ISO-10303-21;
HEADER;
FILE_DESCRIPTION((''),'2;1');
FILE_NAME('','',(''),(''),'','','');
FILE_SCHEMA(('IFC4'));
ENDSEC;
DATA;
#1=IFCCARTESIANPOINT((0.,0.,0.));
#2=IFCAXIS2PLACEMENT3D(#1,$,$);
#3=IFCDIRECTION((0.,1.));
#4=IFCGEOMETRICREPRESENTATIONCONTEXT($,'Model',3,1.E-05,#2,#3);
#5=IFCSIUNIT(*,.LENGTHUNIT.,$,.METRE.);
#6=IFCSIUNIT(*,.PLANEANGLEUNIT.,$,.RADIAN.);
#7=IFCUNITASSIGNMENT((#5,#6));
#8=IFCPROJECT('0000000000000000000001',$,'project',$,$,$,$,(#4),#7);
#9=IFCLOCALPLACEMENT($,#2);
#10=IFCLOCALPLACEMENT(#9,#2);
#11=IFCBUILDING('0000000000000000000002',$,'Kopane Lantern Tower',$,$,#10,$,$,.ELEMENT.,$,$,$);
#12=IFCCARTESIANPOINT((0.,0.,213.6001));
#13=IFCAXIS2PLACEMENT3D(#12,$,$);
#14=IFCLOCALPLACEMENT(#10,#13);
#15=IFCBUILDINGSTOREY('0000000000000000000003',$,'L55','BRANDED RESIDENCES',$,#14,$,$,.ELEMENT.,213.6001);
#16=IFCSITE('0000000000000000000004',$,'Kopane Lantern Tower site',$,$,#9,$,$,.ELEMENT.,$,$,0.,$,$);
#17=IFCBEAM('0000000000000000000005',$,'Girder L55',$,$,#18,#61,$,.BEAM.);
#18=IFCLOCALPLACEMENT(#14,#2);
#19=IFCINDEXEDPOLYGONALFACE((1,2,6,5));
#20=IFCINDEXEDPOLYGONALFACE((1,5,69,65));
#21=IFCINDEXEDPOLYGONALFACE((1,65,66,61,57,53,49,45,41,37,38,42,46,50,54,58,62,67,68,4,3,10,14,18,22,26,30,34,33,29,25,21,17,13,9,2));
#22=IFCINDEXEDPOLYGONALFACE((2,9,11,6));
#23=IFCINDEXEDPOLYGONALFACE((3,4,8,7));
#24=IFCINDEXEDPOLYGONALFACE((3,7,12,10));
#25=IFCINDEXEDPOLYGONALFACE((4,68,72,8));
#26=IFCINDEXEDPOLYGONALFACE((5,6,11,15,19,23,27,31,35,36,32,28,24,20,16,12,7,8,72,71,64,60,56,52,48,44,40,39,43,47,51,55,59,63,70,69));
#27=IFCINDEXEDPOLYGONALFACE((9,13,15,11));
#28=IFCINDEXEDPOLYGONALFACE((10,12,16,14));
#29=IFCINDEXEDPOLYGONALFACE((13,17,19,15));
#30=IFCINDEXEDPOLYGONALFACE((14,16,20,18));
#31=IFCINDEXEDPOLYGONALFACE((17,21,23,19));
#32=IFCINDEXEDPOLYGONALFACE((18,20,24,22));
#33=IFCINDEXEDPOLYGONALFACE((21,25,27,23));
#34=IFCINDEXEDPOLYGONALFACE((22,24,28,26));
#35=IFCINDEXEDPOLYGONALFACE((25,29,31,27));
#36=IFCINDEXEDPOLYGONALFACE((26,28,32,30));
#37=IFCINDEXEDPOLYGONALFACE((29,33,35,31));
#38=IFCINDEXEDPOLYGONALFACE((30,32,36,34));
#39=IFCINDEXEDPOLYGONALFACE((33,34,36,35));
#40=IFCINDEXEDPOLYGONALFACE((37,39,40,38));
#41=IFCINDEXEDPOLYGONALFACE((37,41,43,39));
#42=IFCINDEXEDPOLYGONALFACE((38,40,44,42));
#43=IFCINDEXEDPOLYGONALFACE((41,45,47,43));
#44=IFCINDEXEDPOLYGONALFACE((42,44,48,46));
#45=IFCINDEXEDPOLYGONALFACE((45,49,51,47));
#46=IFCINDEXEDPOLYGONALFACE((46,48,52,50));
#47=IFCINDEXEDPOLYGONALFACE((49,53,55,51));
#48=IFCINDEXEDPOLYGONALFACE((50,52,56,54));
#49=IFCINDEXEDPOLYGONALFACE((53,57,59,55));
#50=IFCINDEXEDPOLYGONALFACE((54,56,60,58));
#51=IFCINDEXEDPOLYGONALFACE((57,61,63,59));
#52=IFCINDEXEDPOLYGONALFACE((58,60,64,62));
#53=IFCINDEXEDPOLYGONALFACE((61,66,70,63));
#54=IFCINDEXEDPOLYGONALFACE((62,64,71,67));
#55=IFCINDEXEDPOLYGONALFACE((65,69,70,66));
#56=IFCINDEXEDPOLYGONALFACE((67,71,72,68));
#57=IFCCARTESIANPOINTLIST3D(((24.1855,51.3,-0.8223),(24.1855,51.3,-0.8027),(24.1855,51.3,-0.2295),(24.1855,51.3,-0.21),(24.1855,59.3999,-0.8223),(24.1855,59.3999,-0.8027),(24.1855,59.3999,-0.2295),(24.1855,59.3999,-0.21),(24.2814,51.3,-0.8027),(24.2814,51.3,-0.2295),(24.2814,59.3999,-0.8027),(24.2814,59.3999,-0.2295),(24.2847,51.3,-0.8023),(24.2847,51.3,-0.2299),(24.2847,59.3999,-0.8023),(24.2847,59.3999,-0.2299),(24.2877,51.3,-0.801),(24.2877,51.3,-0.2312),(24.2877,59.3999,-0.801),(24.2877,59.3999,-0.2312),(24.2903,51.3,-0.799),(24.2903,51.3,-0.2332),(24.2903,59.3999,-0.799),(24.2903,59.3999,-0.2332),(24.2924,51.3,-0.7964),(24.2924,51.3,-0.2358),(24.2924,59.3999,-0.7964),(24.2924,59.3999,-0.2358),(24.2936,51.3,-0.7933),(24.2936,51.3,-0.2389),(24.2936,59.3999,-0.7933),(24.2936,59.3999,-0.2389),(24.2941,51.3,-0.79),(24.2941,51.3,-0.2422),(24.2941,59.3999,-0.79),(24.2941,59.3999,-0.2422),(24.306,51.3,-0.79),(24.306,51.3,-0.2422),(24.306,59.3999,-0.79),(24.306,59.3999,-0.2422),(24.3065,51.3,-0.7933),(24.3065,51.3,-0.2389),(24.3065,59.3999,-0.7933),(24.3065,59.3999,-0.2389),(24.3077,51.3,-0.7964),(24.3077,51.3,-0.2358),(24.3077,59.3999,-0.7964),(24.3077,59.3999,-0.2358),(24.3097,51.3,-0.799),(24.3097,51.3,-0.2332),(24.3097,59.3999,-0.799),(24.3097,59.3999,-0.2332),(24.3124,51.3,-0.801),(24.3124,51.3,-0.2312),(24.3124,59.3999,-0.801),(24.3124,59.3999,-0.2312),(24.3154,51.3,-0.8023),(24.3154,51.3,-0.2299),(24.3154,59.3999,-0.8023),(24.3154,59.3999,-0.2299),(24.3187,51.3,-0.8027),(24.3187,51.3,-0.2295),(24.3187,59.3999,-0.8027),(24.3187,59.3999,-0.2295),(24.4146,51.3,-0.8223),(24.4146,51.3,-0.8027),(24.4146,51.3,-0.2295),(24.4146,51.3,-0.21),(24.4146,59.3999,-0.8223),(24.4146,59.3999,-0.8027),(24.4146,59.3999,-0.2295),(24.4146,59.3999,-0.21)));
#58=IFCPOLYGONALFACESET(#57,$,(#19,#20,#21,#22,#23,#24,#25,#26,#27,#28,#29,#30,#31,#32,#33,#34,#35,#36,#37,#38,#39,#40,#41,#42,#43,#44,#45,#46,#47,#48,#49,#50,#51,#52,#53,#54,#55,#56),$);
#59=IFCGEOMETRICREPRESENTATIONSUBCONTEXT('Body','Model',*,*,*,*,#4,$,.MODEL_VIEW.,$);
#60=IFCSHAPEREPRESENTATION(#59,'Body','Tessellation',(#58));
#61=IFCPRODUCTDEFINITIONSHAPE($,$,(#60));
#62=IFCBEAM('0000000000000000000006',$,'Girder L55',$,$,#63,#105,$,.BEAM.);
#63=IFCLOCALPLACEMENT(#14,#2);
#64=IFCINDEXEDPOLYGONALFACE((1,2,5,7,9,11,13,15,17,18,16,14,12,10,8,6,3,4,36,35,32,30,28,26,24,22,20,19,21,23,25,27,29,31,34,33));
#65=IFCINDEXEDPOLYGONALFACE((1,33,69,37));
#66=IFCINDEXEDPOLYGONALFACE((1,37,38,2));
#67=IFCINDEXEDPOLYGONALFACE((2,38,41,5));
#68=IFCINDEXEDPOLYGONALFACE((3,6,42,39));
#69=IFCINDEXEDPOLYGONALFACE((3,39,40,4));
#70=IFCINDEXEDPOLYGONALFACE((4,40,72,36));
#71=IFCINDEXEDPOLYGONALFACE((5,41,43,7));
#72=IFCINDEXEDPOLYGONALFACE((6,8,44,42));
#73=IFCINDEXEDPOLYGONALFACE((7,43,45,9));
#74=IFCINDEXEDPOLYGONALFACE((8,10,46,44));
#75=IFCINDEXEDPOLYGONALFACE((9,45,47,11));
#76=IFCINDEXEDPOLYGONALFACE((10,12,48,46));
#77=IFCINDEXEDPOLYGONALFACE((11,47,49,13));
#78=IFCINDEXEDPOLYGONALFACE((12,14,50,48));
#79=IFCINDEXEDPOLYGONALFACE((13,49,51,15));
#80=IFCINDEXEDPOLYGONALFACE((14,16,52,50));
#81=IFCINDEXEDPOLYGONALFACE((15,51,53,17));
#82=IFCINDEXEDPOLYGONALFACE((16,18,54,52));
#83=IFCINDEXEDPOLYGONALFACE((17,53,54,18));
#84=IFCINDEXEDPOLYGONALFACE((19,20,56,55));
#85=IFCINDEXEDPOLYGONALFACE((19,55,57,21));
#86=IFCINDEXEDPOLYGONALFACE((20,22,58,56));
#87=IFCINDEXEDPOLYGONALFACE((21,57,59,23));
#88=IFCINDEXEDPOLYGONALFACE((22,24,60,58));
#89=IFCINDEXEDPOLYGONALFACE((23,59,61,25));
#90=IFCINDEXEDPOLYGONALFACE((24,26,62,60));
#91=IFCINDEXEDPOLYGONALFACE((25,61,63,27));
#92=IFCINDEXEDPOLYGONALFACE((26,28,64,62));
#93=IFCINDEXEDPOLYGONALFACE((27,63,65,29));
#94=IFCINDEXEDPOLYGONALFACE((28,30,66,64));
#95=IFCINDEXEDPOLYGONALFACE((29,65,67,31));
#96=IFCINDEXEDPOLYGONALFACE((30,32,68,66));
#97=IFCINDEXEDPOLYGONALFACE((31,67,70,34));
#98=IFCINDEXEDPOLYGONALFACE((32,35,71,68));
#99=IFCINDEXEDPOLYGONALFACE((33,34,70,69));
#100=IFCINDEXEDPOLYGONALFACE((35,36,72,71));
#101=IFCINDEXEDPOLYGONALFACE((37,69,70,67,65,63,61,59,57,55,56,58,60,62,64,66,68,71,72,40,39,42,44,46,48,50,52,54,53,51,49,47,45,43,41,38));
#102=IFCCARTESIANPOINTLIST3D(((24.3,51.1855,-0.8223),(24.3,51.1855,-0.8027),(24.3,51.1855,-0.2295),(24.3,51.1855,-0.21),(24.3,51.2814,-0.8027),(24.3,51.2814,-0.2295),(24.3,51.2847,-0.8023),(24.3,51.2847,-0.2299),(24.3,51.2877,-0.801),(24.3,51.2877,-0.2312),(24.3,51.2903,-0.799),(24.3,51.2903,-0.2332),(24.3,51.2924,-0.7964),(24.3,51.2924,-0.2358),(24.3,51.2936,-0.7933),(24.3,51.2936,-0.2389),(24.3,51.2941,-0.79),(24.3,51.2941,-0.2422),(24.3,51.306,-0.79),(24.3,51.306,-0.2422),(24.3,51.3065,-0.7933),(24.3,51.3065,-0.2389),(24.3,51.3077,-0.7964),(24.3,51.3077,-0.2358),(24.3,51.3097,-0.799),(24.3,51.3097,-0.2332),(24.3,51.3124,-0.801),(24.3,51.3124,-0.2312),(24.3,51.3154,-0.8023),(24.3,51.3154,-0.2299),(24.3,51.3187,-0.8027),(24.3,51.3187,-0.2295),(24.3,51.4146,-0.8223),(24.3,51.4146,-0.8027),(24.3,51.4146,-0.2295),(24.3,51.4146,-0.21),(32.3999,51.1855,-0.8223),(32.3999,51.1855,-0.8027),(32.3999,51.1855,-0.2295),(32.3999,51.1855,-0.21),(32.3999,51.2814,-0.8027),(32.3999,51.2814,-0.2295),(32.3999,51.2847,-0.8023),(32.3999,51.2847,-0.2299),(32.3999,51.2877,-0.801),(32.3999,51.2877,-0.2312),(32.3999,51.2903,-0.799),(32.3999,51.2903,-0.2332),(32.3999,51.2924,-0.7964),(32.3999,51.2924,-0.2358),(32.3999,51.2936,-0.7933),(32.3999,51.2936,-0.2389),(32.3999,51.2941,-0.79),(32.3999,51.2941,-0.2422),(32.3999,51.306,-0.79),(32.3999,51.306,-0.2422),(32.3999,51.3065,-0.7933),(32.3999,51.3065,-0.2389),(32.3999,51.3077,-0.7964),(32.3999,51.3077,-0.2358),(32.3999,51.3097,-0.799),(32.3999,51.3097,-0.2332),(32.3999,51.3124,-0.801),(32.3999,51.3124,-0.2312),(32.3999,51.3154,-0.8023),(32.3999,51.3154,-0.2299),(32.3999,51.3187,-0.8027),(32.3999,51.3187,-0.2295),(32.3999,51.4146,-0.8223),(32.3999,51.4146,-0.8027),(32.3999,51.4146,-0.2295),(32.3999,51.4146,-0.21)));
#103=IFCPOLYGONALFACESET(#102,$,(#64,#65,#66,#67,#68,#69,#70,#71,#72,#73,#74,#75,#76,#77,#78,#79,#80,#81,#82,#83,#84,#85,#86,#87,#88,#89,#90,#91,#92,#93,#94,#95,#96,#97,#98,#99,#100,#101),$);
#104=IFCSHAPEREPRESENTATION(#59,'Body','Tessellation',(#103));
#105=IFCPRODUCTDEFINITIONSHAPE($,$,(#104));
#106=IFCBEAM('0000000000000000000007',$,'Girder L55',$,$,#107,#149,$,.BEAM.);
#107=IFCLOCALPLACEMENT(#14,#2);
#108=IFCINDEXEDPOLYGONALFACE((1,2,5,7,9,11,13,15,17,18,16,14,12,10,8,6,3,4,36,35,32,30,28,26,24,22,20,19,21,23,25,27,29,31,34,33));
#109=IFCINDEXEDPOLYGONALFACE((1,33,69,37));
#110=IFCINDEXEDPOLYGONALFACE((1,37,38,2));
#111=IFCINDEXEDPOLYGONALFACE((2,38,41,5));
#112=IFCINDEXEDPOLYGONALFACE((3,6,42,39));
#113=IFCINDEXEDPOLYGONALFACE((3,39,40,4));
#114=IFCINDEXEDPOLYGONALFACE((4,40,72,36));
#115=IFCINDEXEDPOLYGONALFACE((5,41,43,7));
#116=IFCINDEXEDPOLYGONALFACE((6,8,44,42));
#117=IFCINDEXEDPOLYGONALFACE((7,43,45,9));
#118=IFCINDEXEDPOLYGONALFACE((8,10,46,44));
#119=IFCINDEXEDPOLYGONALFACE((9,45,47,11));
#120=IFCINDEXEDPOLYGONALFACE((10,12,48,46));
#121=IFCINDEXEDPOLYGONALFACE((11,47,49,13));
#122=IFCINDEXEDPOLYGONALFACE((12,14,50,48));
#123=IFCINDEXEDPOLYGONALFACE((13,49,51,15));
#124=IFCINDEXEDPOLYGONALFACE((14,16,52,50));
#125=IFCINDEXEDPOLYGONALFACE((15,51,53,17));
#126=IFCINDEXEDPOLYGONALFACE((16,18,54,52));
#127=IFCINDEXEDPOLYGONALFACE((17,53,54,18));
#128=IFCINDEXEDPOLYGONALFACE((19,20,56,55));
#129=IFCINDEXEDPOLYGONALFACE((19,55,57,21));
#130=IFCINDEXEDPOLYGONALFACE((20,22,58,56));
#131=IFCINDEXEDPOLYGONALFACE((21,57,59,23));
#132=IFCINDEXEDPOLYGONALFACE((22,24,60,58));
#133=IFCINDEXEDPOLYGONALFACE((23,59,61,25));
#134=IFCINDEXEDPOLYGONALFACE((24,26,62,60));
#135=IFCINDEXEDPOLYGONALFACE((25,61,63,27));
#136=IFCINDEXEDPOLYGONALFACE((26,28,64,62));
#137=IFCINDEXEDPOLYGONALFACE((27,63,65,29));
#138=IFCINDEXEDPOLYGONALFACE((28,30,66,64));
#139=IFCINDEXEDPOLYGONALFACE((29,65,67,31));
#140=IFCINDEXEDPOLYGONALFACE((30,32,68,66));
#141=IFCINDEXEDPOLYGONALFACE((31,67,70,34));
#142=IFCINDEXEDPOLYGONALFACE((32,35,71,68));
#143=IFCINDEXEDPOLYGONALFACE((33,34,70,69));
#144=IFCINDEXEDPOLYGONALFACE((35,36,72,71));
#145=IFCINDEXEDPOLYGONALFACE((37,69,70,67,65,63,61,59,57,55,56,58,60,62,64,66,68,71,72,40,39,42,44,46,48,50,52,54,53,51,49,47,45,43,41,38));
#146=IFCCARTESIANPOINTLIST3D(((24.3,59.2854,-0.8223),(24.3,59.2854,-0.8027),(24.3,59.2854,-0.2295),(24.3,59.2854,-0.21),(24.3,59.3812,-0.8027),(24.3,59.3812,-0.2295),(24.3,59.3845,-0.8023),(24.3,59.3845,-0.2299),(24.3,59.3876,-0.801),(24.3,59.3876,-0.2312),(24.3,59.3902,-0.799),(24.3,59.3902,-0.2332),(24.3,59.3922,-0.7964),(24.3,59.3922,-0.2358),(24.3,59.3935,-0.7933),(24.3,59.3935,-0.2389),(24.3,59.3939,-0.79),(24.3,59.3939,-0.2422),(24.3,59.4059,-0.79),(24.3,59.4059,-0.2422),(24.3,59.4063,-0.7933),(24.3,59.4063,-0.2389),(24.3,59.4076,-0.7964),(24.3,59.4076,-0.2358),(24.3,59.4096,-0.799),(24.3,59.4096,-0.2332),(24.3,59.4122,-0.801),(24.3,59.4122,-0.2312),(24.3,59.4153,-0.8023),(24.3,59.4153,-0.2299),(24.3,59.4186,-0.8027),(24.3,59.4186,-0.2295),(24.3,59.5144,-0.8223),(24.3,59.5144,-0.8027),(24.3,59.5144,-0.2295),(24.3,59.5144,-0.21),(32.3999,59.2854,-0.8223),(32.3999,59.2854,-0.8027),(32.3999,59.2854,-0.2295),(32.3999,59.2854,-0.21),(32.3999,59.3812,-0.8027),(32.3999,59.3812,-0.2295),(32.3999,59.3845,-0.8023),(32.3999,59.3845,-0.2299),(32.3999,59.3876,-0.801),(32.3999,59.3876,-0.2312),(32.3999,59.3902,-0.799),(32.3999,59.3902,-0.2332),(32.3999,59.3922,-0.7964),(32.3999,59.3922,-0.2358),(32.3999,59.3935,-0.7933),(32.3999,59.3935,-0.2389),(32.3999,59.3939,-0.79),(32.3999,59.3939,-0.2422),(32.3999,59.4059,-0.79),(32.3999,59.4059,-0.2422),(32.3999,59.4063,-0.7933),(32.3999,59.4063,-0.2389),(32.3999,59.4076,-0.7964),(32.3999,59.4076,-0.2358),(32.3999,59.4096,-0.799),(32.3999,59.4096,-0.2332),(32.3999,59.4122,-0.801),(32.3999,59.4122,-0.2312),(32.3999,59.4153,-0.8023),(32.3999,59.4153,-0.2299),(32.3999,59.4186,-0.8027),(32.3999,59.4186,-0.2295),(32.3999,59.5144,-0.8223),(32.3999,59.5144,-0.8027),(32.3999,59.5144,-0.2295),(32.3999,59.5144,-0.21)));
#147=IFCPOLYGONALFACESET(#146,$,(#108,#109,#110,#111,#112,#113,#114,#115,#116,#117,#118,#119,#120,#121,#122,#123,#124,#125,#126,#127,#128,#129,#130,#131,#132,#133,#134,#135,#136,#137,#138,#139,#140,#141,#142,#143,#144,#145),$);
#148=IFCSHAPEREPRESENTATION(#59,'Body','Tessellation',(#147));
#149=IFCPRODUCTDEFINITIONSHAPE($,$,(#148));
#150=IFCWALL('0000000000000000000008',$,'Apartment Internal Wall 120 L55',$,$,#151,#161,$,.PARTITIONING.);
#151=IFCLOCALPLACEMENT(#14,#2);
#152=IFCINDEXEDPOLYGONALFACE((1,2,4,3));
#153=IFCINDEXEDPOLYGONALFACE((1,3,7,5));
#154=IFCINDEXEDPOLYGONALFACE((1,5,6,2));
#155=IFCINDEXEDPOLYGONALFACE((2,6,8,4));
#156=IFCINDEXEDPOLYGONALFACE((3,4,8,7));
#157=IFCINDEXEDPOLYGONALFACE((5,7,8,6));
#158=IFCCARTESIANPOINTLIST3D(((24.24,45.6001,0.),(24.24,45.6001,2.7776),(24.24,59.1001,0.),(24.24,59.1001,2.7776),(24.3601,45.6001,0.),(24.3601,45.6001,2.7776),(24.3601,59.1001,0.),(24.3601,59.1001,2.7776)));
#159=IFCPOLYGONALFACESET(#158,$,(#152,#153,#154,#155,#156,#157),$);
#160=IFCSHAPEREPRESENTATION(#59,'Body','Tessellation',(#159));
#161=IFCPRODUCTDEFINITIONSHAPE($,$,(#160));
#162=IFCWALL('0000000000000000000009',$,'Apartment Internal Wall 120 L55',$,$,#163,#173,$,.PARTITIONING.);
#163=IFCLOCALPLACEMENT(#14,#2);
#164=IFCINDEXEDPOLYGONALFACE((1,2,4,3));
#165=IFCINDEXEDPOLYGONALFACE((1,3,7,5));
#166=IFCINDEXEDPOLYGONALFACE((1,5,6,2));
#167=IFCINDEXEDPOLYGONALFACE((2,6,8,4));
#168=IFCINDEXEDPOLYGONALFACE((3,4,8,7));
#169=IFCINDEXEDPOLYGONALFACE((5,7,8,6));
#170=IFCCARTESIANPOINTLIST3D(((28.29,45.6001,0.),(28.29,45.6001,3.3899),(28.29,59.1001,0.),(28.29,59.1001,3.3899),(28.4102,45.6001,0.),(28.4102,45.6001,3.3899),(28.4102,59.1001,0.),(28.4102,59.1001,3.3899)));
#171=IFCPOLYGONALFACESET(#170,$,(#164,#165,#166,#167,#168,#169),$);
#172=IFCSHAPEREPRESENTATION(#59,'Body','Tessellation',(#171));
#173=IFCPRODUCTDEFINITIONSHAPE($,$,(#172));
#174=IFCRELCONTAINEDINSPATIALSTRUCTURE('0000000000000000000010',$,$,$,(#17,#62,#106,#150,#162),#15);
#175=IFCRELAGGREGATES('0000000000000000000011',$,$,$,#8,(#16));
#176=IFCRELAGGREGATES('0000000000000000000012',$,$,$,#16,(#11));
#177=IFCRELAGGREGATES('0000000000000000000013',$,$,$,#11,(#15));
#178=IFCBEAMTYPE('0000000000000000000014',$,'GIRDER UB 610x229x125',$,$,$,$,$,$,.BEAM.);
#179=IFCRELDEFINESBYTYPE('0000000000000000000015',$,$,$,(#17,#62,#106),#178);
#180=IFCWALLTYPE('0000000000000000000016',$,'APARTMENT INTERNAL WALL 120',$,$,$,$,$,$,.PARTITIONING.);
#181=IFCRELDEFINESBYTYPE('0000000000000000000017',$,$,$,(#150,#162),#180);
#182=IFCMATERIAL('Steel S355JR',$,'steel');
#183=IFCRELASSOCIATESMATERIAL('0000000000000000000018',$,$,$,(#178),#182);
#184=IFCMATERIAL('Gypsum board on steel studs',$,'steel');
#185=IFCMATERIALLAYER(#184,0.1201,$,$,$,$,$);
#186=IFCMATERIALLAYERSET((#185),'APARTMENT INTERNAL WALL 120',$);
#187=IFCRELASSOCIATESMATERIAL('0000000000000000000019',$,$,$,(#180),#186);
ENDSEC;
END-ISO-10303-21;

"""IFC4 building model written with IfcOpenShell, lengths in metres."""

from ifc_helpers import new_model, si_unit, direction, frame, frame_2d, origin, origin_2d, place, context, subcontext, project, spatial, rectangle, i_section, extrude, material, layer, layer_set, material_profile, profile_set, type_object, element, save


model = new_model("IFC4")

# Units and contexts
model_context = context("Model", 3, precision=1e-05, world=origin(), true_north=direction((0.0, 1.0)))
body_context = subcontext(model_context, "Body", "Model", "MODEL_VIEW")
ifc_project = project(units=[si_unit("LENGTHUNIT", "METRE"), si_unit("PLANEANGLEUNIT", "RADIAN")], contexts=[model_context])

# Site, building, storey
site_placement = place(None, origin())
site = spatial("IfcSite", under=ifc_project, at=site_placement, Name="Kopane Lantern Tower site", CompositionType="ELEMENT", RefElevation=0.0)
building_placement = place(site_placement, origin())
building = spatial("IfcBuilding", under=site, at=building_placement, Name="Kopane Lantern Tower", CompositionType="ELEMENT")
storey_placement = place(building_placement, frame((0.0, 0.0, 213.6001)))
storey = spatial("IfcBuildingStorey", under=building, at=storey_placement, Name="L55", Description="BRANDED RESIDENCES", CompositionType="ELEMENT", Elevation=213.6001)

# Beams
ifc_material_1 = material(Name="Steel S355JR", Category="steel")
ifc_material_profile_1 = material_profile(ifc_material_1, i_section(OverallWidth=0.229, OverallDepth=0.6123, WebThickness=0.012, FlangeThickness=0.0195, FilletRadius=0.0127, at=origin_2d()), Name="UB 610x229x125")
ifc_profile_set_1 = profile_set([ifc_material_profile_1], Name="Steel S355JR")
beam_type = type_object("IfcBeamType", Name="GIRDER UB 610x229x125", PredefinedType="BEAM", material=ifc_profile_set_1)
for number, where, z_axis, x_axis, name in (
    (1, (24.3, 51.3, -0.5161), (0.0, 1.0, 0.0), (-1.0, 0.0, 0.0), "Girder L55"),
    (2, (24.3, 51.3, -0.5161), (1.0, 0.0, 0.0), (0.0, 1.0, 0.0), "Girder L55"),
    (3, (24.3, 59.3999, -0.5161), (1.0, 0.0, 0.0), (0.0, 1.0, 0.0), "Girder L55"),
):
    element("IfcBeam", number, at=place(storey_placement, frame(where, z_axis=z_axis, x_axis=x_axis)), inside=storey, type_object=beam_type, Name=name, PredefinedType="BEAM", context=body_context, shape_type="SweptSolid", body=[
        extrude(i_section(OverallWidth=0.229, OverallDepth=0.6123, WebThickness=0.012, FlangeThickness=0.0195, FilletRadius=0.0127, at=origin_2d()), origin(), (0.0, 0.0, 1.0), 8.0999),
    ])

# Walls
ifc_material_2 = material(Name="Gypsum board on steel studs", Category="steel")
ifc_layer_1 = layer(ifc_material_2, 0.1201)
ifc_layer_set_1 = layer_set([ifc_layer_1], Name="APARTMENT INTERNAL WALL 120")
wall_type_1 = type_object("IfcWallType", Name="APARTMENT INTERNAL WALL 120", PredefinedType="PARTITIONING", material=ifc_layer_set_1)
wall_1_placement = place(storey_placement, frame((24.3, 45.6001, 0.0), z_axis=(0.0, 0.0, 1.0), x_axis=(0.0, 1.0, 0.0)))
element("IfcWall", 4, at=wall_1_placement, inside=storey, type_object=wall_type_1, Name="Apartment Internal Wall 120 L55", PredefinedType="PARTITIONING", context=body_context, shape_type="SweptSolid", body=[
    extrude(rectangle(XDim=13.5, YDim=0.1201, at=frame_2d((6.75, 0.0))), origin(), (0.0, 0.0, 1.0), 2.7776),
])
wall_2_placement = place(storey_placement, frame((28.3501, 45.6001, 0.0), z_axis=(0.0, 0.0, 1.0), x_axis=(0.0, 1.0, 0.0)))
element("IfcWall", 5, at=wall_2_placement, inside=storey, type_object=wall_type_1, Name="Apartment Internal Wall 120 L55", PredefinedType="PARTITIONING", context=body_context, shape_type="SweptSolid", body=[
    extrude(rectangle(XDim=13.5, YDim=0.1201, at=frame_2d((6.75, 0.0))), origin(), (0.0, 0.0, 1.0), 3.3899),
])

save(model, "model.ifc")
